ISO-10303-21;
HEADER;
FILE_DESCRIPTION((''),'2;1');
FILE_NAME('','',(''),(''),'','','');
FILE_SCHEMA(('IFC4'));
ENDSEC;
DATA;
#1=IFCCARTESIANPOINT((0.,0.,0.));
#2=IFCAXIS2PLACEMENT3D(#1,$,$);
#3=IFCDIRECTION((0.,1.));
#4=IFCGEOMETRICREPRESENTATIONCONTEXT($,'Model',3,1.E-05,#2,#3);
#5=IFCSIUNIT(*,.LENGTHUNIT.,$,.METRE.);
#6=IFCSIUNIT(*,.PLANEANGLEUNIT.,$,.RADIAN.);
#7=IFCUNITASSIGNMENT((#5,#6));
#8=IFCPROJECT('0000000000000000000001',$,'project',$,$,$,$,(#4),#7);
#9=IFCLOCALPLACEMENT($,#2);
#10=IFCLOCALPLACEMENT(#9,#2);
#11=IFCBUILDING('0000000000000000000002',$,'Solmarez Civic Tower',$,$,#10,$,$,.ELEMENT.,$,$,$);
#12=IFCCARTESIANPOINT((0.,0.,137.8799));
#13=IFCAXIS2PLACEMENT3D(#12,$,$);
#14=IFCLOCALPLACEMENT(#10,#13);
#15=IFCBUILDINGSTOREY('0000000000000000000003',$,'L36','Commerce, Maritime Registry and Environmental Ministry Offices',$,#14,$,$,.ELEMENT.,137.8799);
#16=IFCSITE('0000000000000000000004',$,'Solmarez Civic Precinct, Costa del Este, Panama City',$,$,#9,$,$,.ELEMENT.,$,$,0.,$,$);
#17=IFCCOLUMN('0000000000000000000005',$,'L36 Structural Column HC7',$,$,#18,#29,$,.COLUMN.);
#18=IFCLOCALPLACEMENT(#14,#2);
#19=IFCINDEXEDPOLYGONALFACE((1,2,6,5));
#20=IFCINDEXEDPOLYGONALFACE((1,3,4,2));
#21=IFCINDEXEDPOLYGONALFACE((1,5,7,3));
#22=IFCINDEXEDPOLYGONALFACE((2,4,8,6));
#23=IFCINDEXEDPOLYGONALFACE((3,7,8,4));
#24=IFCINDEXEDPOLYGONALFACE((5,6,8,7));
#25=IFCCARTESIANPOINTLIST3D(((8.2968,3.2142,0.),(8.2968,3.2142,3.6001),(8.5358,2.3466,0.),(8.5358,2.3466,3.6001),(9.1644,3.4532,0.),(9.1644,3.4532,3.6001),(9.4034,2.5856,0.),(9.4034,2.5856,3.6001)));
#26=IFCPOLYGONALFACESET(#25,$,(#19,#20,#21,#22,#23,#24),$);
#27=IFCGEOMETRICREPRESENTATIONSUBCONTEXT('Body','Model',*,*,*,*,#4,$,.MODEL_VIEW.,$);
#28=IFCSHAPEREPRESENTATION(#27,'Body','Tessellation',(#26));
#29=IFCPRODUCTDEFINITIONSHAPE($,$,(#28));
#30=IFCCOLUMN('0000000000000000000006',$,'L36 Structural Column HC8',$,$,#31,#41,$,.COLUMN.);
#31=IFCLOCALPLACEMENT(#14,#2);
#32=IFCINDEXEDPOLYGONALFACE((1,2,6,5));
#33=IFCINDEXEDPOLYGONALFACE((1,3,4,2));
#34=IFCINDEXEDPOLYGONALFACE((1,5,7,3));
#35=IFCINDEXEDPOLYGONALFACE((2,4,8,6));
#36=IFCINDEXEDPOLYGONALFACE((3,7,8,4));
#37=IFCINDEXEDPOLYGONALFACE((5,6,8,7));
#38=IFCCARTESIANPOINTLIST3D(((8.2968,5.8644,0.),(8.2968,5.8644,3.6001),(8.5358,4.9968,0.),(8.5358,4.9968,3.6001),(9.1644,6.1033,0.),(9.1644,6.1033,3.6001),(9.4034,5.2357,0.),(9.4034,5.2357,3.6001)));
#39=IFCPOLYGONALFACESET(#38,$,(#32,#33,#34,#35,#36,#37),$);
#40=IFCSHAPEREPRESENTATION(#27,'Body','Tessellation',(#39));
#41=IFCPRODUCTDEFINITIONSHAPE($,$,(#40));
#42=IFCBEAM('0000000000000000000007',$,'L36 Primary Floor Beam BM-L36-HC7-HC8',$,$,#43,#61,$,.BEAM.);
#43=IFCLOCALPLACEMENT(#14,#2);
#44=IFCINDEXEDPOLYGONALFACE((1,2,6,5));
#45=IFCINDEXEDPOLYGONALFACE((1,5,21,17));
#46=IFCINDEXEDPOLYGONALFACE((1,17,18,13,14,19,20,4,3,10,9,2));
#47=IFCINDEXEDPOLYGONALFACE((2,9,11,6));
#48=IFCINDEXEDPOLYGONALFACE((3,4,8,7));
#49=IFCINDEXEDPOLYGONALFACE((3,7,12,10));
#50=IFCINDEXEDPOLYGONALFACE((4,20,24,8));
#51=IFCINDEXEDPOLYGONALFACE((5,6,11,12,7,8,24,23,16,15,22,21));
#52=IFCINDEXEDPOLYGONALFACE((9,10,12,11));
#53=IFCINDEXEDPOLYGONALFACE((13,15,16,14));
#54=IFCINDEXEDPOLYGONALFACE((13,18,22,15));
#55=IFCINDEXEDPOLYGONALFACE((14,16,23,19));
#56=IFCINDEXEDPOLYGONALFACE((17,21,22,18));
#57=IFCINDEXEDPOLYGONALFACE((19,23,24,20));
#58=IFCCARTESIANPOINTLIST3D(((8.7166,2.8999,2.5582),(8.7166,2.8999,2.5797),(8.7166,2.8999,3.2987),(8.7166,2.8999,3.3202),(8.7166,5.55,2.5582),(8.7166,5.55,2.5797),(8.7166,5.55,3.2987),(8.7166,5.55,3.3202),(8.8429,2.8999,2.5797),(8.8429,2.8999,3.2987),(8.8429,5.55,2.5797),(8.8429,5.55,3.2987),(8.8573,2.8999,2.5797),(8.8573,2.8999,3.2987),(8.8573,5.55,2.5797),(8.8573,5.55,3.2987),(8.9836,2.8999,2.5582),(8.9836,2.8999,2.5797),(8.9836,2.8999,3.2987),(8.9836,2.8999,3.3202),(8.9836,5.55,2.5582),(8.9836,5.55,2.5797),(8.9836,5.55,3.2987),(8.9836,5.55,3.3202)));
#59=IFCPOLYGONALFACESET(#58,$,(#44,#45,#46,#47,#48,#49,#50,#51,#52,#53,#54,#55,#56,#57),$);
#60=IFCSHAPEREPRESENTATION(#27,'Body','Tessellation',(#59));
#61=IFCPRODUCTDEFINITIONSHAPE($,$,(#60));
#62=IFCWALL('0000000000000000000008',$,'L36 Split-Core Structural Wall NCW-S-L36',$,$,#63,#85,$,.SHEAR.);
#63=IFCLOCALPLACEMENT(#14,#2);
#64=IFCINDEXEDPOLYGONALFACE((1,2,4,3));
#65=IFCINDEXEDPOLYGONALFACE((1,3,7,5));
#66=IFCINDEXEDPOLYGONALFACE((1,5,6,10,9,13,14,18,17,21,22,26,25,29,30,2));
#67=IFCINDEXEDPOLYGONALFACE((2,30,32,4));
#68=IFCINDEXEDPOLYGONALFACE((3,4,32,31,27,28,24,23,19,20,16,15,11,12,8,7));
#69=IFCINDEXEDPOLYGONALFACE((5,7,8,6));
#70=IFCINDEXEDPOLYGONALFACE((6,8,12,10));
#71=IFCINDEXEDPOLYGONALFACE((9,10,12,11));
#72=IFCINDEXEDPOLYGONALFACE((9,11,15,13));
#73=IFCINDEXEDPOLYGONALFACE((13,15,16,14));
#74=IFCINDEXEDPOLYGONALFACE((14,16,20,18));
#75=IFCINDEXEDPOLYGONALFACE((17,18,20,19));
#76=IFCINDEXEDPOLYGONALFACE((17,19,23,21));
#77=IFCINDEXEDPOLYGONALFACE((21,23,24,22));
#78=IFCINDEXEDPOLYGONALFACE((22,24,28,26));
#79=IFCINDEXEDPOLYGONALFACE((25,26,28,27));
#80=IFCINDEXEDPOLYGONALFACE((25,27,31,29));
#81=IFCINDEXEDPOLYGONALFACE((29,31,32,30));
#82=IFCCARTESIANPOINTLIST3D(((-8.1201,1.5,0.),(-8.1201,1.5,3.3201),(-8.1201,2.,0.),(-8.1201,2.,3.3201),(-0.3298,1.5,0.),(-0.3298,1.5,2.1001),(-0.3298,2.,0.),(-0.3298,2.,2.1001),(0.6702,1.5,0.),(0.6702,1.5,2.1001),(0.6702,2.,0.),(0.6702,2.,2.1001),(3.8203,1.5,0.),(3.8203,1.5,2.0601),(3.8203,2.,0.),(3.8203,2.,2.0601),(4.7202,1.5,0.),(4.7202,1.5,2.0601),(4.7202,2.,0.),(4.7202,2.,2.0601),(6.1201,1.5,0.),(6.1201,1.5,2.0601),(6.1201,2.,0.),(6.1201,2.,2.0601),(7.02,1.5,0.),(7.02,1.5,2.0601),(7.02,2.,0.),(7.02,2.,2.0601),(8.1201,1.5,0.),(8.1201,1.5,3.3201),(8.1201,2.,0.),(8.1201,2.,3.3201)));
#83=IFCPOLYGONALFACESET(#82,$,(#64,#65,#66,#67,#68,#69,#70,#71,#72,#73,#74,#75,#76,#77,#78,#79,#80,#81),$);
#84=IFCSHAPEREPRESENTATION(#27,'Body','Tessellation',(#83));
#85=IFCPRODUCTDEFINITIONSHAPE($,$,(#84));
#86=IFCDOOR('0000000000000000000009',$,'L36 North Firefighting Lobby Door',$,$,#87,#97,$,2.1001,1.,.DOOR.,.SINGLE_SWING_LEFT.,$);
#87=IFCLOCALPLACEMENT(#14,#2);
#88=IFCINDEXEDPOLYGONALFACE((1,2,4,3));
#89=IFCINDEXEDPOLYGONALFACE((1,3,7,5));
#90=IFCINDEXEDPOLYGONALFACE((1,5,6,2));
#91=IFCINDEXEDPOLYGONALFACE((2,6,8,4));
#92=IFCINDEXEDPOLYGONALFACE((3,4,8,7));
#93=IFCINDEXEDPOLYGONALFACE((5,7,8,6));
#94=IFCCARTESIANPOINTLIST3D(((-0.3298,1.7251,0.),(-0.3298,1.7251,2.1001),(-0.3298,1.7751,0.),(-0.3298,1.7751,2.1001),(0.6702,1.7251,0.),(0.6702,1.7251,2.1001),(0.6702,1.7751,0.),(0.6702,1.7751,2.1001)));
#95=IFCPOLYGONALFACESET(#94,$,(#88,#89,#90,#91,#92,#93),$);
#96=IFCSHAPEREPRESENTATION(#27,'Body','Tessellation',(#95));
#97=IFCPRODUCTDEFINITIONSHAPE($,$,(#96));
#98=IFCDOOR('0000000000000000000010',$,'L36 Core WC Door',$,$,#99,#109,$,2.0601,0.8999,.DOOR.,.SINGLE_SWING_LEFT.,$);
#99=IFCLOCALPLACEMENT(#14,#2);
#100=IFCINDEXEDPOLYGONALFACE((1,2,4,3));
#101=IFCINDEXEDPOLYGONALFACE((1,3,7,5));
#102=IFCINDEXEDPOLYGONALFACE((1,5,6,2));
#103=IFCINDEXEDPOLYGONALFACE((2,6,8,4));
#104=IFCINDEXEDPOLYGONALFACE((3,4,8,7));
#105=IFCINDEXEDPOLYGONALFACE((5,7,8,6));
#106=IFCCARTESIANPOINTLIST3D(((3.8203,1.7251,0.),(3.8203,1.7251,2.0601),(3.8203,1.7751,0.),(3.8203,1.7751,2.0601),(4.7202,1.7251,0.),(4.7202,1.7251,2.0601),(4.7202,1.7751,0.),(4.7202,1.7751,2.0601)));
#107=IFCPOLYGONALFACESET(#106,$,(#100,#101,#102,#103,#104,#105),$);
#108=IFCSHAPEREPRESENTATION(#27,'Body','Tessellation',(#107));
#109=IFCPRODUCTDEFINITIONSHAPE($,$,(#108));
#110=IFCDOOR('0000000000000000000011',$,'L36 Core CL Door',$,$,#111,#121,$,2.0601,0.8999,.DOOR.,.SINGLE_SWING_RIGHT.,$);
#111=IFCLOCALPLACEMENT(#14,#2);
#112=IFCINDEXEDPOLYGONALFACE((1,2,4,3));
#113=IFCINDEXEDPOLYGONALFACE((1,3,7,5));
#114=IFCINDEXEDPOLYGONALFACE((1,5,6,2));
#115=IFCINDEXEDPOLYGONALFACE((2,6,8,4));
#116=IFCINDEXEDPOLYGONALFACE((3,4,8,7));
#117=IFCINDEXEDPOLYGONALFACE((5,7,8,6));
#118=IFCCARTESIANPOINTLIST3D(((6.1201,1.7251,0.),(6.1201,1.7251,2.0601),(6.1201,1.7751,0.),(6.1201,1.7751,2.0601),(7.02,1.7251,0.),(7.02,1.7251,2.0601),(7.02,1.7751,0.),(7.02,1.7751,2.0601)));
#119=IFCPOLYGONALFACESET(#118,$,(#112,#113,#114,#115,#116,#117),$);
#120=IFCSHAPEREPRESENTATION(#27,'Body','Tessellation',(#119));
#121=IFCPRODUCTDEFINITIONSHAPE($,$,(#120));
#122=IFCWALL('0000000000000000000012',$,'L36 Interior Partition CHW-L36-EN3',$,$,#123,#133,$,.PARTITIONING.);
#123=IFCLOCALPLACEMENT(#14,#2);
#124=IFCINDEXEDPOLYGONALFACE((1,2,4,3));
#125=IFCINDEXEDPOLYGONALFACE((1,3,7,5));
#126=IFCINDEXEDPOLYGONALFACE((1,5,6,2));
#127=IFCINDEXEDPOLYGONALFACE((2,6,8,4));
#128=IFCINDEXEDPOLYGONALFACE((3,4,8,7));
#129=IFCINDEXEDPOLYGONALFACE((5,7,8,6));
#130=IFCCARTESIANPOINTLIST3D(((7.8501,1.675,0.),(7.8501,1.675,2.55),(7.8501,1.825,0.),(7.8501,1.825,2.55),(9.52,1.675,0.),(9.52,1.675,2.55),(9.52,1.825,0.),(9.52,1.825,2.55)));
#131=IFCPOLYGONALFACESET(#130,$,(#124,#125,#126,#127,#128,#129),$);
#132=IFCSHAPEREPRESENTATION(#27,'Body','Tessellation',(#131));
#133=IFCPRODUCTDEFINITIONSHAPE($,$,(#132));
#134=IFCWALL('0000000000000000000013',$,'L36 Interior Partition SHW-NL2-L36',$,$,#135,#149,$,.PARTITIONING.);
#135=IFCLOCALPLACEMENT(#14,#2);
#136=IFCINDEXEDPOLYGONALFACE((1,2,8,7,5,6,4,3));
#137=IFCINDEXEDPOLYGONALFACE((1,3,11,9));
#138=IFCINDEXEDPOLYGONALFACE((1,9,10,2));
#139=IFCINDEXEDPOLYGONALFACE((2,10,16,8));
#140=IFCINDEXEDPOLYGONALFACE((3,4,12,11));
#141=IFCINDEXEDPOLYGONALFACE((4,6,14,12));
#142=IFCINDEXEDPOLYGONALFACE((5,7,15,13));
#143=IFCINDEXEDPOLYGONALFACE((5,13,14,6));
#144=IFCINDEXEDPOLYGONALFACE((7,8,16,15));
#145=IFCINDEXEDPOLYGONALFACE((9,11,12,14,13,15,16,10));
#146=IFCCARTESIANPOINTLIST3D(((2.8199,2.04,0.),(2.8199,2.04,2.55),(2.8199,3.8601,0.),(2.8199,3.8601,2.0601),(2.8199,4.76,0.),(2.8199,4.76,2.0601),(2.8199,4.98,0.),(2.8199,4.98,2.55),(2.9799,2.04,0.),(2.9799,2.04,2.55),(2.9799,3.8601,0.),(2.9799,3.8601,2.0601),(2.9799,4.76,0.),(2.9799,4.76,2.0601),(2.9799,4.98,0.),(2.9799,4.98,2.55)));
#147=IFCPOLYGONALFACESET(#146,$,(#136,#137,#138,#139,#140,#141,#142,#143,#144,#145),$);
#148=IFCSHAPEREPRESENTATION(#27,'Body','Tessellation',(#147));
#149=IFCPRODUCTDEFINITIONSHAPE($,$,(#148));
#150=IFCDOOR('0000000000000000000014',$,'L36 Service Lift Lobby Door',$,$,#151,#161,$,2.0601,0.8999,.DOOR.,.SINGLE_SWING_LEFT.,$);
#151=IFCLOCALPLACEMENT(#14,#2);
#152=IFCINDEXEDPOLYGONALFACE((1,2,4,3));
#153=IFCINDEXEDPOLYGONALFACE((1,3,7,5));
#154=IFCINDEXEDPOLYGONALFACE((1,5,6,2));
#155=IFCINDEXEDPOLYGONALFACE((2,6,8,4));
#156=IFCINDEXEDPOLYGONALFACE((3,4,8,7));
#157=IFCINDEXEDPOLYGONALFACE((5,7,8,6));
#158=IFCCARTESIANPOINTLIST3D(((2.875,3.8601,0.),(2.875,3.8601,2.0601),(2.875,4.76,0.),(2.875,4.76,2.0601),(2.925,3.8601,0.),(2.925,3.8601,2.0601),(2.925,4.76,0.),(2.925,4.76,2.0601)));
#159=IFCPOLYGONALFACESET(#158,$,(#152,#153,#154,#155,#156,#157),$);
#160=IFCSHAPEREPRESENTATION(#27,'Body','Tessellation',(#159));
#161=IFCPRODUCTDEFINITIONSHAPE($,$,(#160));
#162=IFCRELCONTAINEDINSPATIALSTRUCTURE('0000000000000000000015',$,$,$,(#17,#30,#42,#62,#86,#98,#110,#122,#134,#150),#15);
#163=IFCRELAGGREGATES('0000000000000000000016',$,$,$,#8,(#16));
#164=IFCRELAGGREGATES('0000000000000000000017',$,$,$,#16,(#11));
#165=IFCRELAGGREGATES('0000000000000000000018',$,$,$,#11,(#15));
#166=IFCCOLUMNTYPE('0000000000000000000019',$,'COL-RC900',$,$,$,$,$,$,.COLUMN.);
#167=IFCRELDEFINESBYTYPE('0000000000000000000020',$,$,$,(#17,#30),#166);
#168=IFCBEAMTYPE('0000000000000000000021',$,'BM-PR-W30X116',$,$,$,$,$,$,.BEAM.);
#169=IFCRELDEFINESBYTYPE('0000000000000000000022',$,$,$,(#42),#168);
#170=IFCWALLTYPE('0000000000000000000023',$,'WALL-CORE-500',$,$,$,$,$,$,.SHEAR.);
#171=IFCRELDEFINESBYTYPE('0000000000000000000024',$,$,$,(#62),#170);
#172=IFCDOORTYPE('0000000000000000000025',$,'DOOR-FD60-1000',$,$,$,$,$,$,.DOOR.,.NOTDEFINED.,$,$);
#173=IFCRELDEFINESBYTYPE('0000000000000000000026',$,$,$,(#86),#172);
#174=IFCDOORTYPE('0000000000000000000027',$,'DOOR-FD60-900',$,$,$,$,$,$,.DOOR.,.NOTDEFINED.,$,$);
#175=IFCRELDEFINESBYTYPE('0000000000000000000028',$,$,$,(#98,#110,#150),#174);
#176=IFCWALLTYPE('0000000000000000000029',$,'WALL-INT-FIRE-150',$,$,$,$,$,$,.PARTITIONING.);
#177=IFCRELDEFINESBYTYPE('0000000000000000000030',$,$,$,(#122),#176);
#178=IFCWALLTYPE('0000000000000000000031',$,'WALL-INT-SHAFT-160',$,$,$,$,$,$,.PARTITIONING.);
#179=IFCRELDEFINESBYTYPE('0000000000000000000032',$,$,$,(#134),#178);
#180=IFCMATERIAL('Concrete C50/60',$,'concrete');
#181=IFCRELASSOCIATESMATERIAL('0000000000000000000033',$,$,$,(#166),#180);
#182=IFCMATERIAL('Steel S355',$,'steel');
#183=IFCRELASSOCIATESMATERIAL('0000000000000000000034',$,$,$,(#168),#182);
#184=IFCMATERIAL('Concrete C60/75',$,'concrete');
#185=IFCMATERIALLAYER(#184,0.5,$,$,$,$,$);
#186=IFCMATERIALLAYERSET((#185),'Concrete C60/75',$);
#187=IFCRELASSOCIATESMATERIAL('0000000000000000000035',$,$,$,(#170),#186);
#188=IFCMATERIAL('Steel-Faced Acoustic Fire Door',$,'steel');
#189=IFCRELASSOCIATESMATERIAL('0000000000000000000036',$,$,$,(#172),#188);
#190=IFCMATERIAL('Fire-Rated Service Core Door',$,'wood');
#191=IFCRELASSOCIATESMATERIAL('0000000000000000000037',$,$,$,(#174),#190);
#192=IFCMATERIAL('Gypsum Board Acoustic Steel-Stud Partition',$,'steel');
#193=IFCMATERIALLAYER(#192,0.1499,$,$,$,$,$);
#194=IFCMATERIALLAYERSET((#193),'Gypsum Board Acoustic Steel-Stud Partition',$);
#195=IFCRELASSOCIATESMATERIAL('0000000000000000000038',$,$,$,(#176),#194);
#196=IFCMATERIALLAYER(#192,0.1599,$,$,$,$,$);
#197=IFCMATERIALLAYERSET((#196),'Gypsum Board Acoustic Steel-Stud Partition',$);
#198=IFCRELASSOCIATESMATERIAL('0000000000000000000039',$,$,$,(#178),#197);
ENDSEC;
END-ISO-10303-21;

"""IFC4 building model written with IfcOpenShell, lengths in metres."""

from ifc_helpers import new_model, si_unit, direction, frame, frame_2d, origin, origin_2d, place, context, subcontext, project, spatial, rectangle, i_section, extrude, material, layer, layer_set, material_profile, profile_set, type_object, element, fill, save


model = new_model("IFC4")

# Units and contexts
model_context = context("Model", 3, precision=1e-05, world=origin(), true_north=direction((0.0, 1.0)))
body_context = subcontext(model_context, "Body", "Model", "MODEL_VIEW")
ifc_project = project(units=[si_unit("LENGTHUNIT", "METRE"), si_unit("PLANEANGLEUNIT", "RADIAN")], contexts=[model_context])

# Site, building, storey
site_placement = place(None, origin())
site = spatial("IfcSite", under=ifc_project, at=site_placement, Name="Solmarez Civic Precinct, Costa del Este, Panama City", CompositionType="ELEMENT", RefElevation=0.0)
building_placement = place(site_placement, origin())
building = spatial("IfcBuilding", under=site, at=building_placement, Name="Solmarez Civic Tower", CompositionType="ELEMENT")
storey_placement = place(building_placement, frame((0.0, 0.0, 137.8799)))
storey = spatial("IfcBuildingStorey", under=building, at=storey_placement, Name="L36", Description="Commerce, Maritime Registry and Environmental Ministry Offices", CompositionType="ELEMENT", Elevation=137.8799)

# Columns
ifc_material_1 = material(Name="Concrete C50/60", Category="concrete")
ifc_material_profile_1 = material_profile(ifc_material_1, rectangle(XDim=0.8999, YDim=0.8999, at=origin_2d()), Name="RC900X900")
ifc_profile_set_1 = profile_set([ifc_material_profile_1], Name="Concrete C50/60")
column_type = type_object("IfcColumnType", Name="COL-RC900", PredefinedType="COLUMN", material=ifc_profile_set_1)
for number, where, z_axis, x_axis, name in (
    (1, (8.8501, 2.8999, 0.0), (0.0, 0.0, 1.0), (0.964095, 0.265556, 0.0), "L36 Structural Column HC7"),
    (2, (8.8501, 5.55, 0.0), (0.0, 0.0, 1.0), (0.964095, 0.265556, 0.0), "L36 Structural Column HC8"),
):
    element("IfcColumn", number, at=place(storey_placement, frame(where, z_axis=z_axis, x_axis=x_axis)), inside=storey, type_object=column_type, Name=name, PredefinedType="COLUMN", context=body_context, shape_type="SweptSolid", body=[
        extrude(rectangle(XDim=0.8999, YDim=0.8999, at=origin_2d()), origin(), (0.0, 0.0, 1.0), 3.6001),
    ])

# Beam
ifc_material_2 = material(Name="Steel S355", Category="steel")
ifc_material_profile_2 = material_profile(ifc_material_2, i_section(OverallWidth=0.2671, OverallDepth=0.762, WebThickness=0.0144, FlangeThickness=0.0215, at=origin_2d()), Name="W30X116")
ifc_profile_set_2 = profile_set([ifc_material_profile_2], Name="Steel S355")
beam_type = type_object("IfcBeamType", Name="BM-PR-W30X116", PredefinedType="BEAM", material=ifc_profile_set_2)
beam_placement = place(storey_placement, frame((8.8501, 2.8999, 2.9392), z_axis=(0.0, 1.0, 0.0), x_axis=(-1.0, 0.0, 0.0)))
element("IfcBeam", 3, at=beam_placement, inside=storey, type_object=beam_type, Name="L36 Primary Floor Beam BM-L36-HC7-HC8", PredefinedType="BEAM", context=body_context, shape_type="SweptSolid", body=[
    extrude(i_section(OverallWidth=0.2671, OverallDepth=0.762, WebThickness=0.0144, FlangeThickness=0.0215, at=origin_2d()), origin(), (0.0, 0.0, 1.0), 2.6501),
])

# Wall, openings, doors
ifc_material_3 = material(Name="Concrete C60/75", Category="concrete")
ifc_layer_1 = layer(ifc_material_3, 0.5)
ifc_layer_set_1 = layer_set([ifc_layer_1], Name="Concrete C60/75")
wall_type_1 = type_object("IfcWallType", Name="WALL-CORE-500", PredefinedType="SHEAR", material=ifc_layer_set_1)
wall_1_placement = place(storey_placement, frame((8.1201, 1.75, 0.0), z_axis=(0.0, 0.0, 1.0), x_axis=(-1.0, 0.0, 0.0)))
wall_1 = element("IfcWall", 4, at=wall_1_placement, inside=storey, type_object=wall_type_1, Name="L36 Split-Core Structural Wall NCW-S-L36", PredefinedType="SHEAR", context=body_context, shape_type="SweptSolid", body=[
    extrude(rectangle(XDim=16.2402, YDim=0.5, at=frame_2d((8.1201, 0.0))), origin(), (0.0, 0.0, 1.0), 3.3201),
])
opening_1_placement = place(wall_1_placement, frame((7.45, 0.0, 0.0)))
opening_1 = element("IfcOpeningElement", 5, at=opening_1_placement, cuts=wall_1, PredefinedType="OPENING", context=body_context, shape_type="SweptSolid", body=[
    extrude(rectangle(XDim=1.0, YDim=2.1001, at=frame_2d((0.5, 1.05))), frame((0.0, 0.26, 0.0), z_axis=(0.0, -1.0, 0.0), x_axis=(1.0, 0.0, 0.0)), (0.0, 0.0, 1.0), 0.52),
])
opening_2_placement = place(wall_1_placement, frame((3.3999, 0.0, 0.0)))
opening_2 = element("IfcOpeningElement", 6, at=opening_2_placement, cuts=wall_1, PredefinedType="OPENING", context=body_context, shape_type="SweptSolid", body=[
    extrude(rectangle(XDim=0.8999, YDim=2.0601, at=frame_2d((0.45, 1.03))), frame((0.0, 0.26, 0.0), z_axis=(0.0, -1.0, 0.0), x_axis=(1.0, 0.0, 0.0)), (0.0, 0.0, 1.0), 0.52),
])
opening_3_placement = place(wall_1_placement, frame((1.1001, 0.0, 0.0)))
opening_3 = element("IfcOpeningElement", 7, at=opening_3_placement, cuts=wall_1, PredefinedType="OPENING", context=body_context, shape_type="SweptSolid", body=[
    extrude(rectangle(XDim=0.8999, YDim=2.0601, at=frame_2d((0.45, 1.03))), frame((0.0, 0.26, 0.0), z_axis=(0.0, -1.0, 0.0), x_axis=(1.0, 0.0, 0.0)), (0.0, 0.0, 1.0), 0.52),
])
ifc_material_4 = material(Name="Steel-Faced Acoustic Fire Door", Category="steel")
door_type_1 = type_object("IfcDoorType", Name="DOOR-FD60-1000", OperationType="NOTDEFINED", PredefinedType="DOOR", material=ifc_material_4)
door_1_placement = place(opening_1_placement, origin())
door_1 = element("IfcDoor", 8, at=door_1_placement, inside=storey, type_object=door_type_1, Name="L36 North Firefighting Lobby Door", OperationType="SINGLE_SWING_LEFT", OverallHeight=2.1001, OverallWidth=1.0, PredefinedType="DOOR", context=body_context, shape_type="SweptSolid", body=[
    extrude(rectangle(XDim=1.0, YDim=2.1001, at=frame_2d((0.5, 1.05))), frame((0.0, 0.0249, 0.0), z_axis=(0.0, -1.0, 0.0), x_axis=(1.0, 0.0, 0.0)), (0.0, 0.0, 1.0), 0.05),
])
fill(opening_1, door_1)
ifc_material_5 = material(Name="Fire-Rated Service Core Door", Category="wood")
door_type_2 = type_object("IfcDoorType", Name="DOOR-FD60-900", OperationType="NOTDEFINED", PredefinedType="DOOR", material=ifc_material_5)
door_2_placement = place(opening_2_placement, origin())
door_2 = element("IfcDoor", 9, at=door_2_placement, inside=storey, type_object=door_type_2, Name="L36 Core WC Door", OperationType="SINGLE_SWING_LEFT", OverallHeight=2.0601, OverallWidth=0.8999, PredefinedType="DOOR", context=body_context, shape_type="SweptSolid", body=[
    extrude(rectangle(XDim=0.8999, YDim=2.0601, at=frame_2d((0.45, 1.03))), frame((0.0, 0.0249, 0.0), z_axis=(0.0, -1.0, 0.0), x_axis=(1.0, 0.0, 0.0)), (0.0, 0.0, 1.0), 0.05),
])
fill(opening_2, door_2)
door_3_placement = place(opening_3_placement, origin())
door_3 = element("IfcDoor", 10, at=door_3_placement, inside=storey, type_object=door_type_2, Name="L36 Core CL Door", OperationType="SINGLE_SWING_RIGHT", OverallHeight=2.0601, OverallWidth=0.8999, PredefinedType="DOOR", context=body_context, shape_type="SweptSolid", body=[
    extrude(rectangle(XDim=0.8999, YDim=2.0601, at=frame_2d((0.45, 1.03))), frame((0.0, 0.0249, 0.0), z_axis=(0.0, -1.0, 0.0), x_axis=(1.0, 0.0, 0.0)), (0.0, 0.0, 1.0), 0.05),
])
fill(opening_3, door_3)

# Wall
ifc_material_6 = material(Name="Gypsum Board Acoustic Steel-Stud Partition", Category="steel")
ifc_layer_2 = layer(ifc_material_6, 0.1499)
ifc_layer_set_2 = layer_set([ifc_layer_2], Name="Gypsum Board Acoustic Steel-Stud Partition")
wall_type_2 = type_object("IfcWallType", Name="WALL-INT-FIRE-150", PredefinedType="PARTITIONING", material=ifc_layer_set_2)
wall_2_placement = place(storey_placement, frame((7.8501, 1.75, 0.0), z_axis=(0.0, 0.0, 1.0), x_axis=(1.0, 0.0, 0.0)))
element("IfcWall", 11, at=wall_2_placement, inside=storey, type_object=wall_type_2, Name="L36 Interior Partition CHW-L36-EN3", PredefinedType="PARTITIONING", context=body_context, shape_type="SweptSolid", body=[
    extrude(rectangle(XDim=1.6699, YDim=0.1499, at=frame_2d((0.835, 0.0))), origin(), (0.0, 0.0, 1.0), 2.55),
])

# Wall, opening, door
ifc_layer_3 = layer(ifc_material_6, 0.1599)
ifc_layer_set_3 = layer_set([ifc_layer_3], Name="Gypsum Board Acoustic Steel-Stud Partition")
wall_type_3 = type_object("IfcWallType", Name="WALL-INT-SHAFT-160", PredefinedType="PARTITIONING", material=ifc_layer_set_3)
wall_3_placement = place(storey_placement, frame((2.8999, 2.04, 0.0), z_axis=(0.0, 0.0, 1.0), x_axis=(0.0, 1.0, 0.0)))
wall_3 = element("IfcWall", 12, at=wall_3_placement, inside=storey, type_object=wall_type_3, Name="L36 Interior Partition SHW-NL2-L36", PredefinedType="PARTITIONING", context=body_context, shape_type="SweptSolid", body=[
    extrude(rectangle(XDim=2.9399, YDim=0.1599, at=frame_2d((1.47, 0.0))), origin(), (0.0, 0.0, 1.0), 2.55),
])
opening_4_placement = place(wall_3_placement, frame((1.8201, 0.0, 0.0)))
opening_4 = element("IfcOpeningElement", 13, at=opening_4_placement, cuts=wall_3, PredefinedType="OPENING", context=body_context, shape_type="SweptSolid", body=[
    extrude(rectangle(XDim=0.8999, YDim=2.0601, at=frame_2d((0.45, 1.03))), frame((0.0, 0.0898, 0.0), z_axis=(0.0, -1.0, 0.0), x_axis=(1.0, 0.0, 0.0)), (0.0, 0.0, 1.0), 0.1799),
])
door_4_placement = place(opening_4_placement, origin())
door_4 = element("IfcDoor", 14, at=door_4_placement, inside=storey, type_object=door_type_2, Name="L36 Service Lift Lobby Door", OperationType="SINGLE_SWING_LEFT", OverallHeight=2.0601, OverallWidth=0.8999, PredefinedType="DOOR", context=body_context, shape_type="SweptSolid", body=[
    extrude(rectangle(XDim=0.8999, YDim=2.0601, at=frame_2d((0.45, 1.03))), frame((0.0, 0.0249, 0.0), z_axis=(0.0, -1.0, 0.0), x_axis=(1.0, 0.0, 0.0)), (0.0, 0.0, 1.0), 0.05),
])
fill(opening_4, door_4)

save(model, "model.ifc")
